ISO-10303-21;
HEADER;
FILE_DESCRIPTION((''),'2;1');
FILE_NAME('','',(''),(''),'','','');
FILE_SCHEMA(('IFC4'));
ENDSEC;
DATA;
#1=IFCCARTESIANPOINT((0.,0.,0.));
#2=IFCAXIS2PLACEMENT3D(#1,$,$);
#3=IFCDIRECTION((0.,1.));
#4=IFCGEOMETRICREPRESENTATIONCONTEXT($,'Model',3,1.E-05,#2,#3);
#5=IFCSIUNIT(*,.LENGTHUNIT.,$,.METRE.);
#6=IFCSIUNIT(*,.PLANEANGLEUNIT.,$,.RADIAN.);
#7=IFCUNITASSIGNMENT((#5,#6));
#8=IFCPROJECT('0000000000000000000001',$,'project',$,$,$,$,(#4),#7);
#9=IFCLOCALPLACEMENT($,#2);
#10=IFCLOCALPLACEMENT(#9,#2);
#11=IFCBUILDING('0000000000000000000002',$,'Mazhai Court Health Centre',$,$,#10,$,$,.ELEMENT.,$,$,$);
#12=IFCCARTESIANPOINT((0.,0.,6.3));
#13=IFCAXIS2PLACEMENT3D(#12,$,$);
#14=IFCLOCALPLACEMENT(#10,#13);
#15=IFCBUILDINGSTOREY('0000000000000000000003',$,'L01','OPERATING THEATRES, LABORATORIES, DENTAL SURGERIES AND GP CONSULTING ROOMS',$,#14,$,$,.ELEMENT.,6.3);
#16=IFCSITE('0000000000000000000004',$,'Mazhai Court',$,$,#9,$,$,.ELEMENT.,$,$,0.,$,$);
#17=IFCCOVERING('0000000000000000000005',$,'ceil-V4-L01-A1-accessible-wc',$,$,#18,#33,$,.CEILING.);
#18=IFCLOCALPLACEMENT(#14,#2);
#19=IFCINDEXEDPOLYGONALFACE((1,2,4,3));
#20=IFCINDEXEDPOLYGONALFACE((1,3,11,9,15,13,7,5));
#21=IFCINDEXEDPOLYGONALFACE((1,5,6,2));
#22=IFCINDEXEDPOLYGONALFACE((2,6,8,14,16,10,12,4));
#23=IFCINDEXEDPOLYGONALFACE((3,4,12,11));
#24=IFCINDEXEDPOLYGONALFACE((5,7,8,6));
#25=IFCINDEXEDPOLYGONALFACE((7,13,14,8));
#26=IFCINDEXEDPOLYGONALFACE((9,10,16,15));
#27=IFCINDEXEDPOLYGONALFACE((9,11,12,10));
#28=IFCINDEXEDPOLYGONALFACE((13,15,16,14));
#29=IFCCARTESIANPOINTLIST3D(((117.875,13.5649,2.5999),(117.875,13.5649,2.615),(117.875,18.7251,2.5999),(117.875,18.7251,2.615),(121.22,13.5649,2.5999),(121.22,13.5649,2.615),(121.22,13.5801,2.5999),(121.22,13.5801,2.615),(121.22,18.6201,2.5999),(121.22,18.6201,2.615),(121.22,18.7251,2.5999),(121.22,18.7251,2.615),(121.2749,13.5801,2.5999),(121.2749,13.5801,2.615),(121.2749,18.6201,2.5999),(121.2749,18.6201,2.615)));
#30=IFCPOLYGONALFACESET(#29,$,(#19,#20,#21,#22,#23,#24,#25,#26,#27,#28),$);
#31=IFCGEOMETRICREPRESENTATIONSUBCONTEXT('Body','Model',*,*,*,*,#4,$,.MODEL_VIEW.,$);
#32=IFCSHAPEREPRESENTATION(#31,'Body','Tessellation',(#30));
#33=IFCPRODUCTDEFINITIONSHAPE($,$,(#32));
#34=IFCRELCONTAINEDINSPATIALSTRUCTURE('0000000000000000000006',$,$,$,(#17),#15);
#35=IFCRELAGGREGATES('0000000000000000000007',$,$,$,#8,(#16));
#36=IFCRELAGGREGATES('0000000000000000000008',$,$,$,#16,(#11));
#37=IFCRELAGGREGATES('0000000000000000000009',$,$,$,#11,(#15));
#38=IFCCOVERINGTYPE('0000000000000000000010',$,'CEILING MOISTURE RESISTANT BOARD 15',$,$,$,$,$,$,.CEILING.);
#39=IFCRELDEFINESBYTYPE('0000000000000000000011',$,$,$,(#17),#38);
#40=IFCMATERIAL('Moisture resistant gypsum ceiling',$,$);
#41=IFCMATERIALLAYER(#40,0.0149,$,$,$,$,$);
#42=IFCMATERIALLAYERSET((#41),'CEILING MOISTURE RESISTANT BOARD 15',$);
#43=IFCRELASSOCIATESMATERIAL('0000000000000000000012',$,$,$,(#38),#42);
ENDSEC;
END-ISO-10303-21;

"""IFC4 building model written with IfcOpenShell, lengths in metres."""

from ifc_helpers import new_model, si_unit, direction, frame, origin, place, context, subcontext, project, spatial, polyline, outline, extrude, material, layer, layer_set, type_object, element, save


model = new_model("IFC4")

# Units and contexts
model_context = context("Model", 3, precision=1e-05, world=origin(), true_north=direction((0.0, 1.0)))
body_context = subcontext(model_context, "Body", "Model", "MODEL_VIEW")
ifc_project = project(units=[si_unit("LENGTHUNIT", "METRE"), si_unit("PLANEANGLEUNIT", "RADIAN")], contexts=[model_context])

# Site, building, storey
site_placement = place(None, origin())
site = spatial("IfcSite", under=ifc_project, at=site_placement, Name="Mazhai Court", CompositionType="ELEMENT", RefElevation=0.0)
building_placement = place(site_placement, origin())
building = spatial("IfcBuilding", under=site, at=building_placement, Name="Mazhai Court Health Centre", CompositionType="ELEMENT")
storey_placement = place(building_placement, frame((0.0, 0.0, 6.3)))
storey = spatial("IfcBuildingStorey", under=building, at=storey_placement, Name="L01", Description="OPERATING THEATRES, LABORATORIES, DENTAL SURGERIES AND GP CONSULTING ROOMS", CompositionType="ELEMENT", Elevation=6.3)

# Covering
ifc_material_1 = material(Name="Moisture resistant gypsum ceiling")
ifc_layer_1 = layer(ifc_material_1, 0.0149)
ifc_layer_set_1 = layer_set([ifc_layer_1], Name="CEILING MOISTURE RESISTANT BOARD 15")
covering_type_1 = type_object("IfcCoveringType", Name="CEILING MOISTURE RESISTANT BOARD 15", PredefinedType="CEILING", material=ifc_layer_set_1)
covering_1_placement = place(storey_placement, frame((0.0, 0.0, 2.5999)))
element("IfcCovering", 1, at=covering_1_placement, inside=storey, type_object=covering_type_1, Name="ceil-V4-L01-A1-accessible-wc", PredefinedType="CEILING", context=body_context, shape_type="SweptSolid", body=[
    extrude(outline(polyline([(121.2749, 18.6201), (121.22, 18.6201), (121.22, 18.7251), (117.875, 18.7251), (117.875, 13.5649), (121.22, 13.5649), (121.22, 13.5801), (121.2749, 13.5801), (121.2749, 18.6201)])), origin(), (0.0, 0.0, 1.0), 0.0151),
])

save(model, "model.ifc")
